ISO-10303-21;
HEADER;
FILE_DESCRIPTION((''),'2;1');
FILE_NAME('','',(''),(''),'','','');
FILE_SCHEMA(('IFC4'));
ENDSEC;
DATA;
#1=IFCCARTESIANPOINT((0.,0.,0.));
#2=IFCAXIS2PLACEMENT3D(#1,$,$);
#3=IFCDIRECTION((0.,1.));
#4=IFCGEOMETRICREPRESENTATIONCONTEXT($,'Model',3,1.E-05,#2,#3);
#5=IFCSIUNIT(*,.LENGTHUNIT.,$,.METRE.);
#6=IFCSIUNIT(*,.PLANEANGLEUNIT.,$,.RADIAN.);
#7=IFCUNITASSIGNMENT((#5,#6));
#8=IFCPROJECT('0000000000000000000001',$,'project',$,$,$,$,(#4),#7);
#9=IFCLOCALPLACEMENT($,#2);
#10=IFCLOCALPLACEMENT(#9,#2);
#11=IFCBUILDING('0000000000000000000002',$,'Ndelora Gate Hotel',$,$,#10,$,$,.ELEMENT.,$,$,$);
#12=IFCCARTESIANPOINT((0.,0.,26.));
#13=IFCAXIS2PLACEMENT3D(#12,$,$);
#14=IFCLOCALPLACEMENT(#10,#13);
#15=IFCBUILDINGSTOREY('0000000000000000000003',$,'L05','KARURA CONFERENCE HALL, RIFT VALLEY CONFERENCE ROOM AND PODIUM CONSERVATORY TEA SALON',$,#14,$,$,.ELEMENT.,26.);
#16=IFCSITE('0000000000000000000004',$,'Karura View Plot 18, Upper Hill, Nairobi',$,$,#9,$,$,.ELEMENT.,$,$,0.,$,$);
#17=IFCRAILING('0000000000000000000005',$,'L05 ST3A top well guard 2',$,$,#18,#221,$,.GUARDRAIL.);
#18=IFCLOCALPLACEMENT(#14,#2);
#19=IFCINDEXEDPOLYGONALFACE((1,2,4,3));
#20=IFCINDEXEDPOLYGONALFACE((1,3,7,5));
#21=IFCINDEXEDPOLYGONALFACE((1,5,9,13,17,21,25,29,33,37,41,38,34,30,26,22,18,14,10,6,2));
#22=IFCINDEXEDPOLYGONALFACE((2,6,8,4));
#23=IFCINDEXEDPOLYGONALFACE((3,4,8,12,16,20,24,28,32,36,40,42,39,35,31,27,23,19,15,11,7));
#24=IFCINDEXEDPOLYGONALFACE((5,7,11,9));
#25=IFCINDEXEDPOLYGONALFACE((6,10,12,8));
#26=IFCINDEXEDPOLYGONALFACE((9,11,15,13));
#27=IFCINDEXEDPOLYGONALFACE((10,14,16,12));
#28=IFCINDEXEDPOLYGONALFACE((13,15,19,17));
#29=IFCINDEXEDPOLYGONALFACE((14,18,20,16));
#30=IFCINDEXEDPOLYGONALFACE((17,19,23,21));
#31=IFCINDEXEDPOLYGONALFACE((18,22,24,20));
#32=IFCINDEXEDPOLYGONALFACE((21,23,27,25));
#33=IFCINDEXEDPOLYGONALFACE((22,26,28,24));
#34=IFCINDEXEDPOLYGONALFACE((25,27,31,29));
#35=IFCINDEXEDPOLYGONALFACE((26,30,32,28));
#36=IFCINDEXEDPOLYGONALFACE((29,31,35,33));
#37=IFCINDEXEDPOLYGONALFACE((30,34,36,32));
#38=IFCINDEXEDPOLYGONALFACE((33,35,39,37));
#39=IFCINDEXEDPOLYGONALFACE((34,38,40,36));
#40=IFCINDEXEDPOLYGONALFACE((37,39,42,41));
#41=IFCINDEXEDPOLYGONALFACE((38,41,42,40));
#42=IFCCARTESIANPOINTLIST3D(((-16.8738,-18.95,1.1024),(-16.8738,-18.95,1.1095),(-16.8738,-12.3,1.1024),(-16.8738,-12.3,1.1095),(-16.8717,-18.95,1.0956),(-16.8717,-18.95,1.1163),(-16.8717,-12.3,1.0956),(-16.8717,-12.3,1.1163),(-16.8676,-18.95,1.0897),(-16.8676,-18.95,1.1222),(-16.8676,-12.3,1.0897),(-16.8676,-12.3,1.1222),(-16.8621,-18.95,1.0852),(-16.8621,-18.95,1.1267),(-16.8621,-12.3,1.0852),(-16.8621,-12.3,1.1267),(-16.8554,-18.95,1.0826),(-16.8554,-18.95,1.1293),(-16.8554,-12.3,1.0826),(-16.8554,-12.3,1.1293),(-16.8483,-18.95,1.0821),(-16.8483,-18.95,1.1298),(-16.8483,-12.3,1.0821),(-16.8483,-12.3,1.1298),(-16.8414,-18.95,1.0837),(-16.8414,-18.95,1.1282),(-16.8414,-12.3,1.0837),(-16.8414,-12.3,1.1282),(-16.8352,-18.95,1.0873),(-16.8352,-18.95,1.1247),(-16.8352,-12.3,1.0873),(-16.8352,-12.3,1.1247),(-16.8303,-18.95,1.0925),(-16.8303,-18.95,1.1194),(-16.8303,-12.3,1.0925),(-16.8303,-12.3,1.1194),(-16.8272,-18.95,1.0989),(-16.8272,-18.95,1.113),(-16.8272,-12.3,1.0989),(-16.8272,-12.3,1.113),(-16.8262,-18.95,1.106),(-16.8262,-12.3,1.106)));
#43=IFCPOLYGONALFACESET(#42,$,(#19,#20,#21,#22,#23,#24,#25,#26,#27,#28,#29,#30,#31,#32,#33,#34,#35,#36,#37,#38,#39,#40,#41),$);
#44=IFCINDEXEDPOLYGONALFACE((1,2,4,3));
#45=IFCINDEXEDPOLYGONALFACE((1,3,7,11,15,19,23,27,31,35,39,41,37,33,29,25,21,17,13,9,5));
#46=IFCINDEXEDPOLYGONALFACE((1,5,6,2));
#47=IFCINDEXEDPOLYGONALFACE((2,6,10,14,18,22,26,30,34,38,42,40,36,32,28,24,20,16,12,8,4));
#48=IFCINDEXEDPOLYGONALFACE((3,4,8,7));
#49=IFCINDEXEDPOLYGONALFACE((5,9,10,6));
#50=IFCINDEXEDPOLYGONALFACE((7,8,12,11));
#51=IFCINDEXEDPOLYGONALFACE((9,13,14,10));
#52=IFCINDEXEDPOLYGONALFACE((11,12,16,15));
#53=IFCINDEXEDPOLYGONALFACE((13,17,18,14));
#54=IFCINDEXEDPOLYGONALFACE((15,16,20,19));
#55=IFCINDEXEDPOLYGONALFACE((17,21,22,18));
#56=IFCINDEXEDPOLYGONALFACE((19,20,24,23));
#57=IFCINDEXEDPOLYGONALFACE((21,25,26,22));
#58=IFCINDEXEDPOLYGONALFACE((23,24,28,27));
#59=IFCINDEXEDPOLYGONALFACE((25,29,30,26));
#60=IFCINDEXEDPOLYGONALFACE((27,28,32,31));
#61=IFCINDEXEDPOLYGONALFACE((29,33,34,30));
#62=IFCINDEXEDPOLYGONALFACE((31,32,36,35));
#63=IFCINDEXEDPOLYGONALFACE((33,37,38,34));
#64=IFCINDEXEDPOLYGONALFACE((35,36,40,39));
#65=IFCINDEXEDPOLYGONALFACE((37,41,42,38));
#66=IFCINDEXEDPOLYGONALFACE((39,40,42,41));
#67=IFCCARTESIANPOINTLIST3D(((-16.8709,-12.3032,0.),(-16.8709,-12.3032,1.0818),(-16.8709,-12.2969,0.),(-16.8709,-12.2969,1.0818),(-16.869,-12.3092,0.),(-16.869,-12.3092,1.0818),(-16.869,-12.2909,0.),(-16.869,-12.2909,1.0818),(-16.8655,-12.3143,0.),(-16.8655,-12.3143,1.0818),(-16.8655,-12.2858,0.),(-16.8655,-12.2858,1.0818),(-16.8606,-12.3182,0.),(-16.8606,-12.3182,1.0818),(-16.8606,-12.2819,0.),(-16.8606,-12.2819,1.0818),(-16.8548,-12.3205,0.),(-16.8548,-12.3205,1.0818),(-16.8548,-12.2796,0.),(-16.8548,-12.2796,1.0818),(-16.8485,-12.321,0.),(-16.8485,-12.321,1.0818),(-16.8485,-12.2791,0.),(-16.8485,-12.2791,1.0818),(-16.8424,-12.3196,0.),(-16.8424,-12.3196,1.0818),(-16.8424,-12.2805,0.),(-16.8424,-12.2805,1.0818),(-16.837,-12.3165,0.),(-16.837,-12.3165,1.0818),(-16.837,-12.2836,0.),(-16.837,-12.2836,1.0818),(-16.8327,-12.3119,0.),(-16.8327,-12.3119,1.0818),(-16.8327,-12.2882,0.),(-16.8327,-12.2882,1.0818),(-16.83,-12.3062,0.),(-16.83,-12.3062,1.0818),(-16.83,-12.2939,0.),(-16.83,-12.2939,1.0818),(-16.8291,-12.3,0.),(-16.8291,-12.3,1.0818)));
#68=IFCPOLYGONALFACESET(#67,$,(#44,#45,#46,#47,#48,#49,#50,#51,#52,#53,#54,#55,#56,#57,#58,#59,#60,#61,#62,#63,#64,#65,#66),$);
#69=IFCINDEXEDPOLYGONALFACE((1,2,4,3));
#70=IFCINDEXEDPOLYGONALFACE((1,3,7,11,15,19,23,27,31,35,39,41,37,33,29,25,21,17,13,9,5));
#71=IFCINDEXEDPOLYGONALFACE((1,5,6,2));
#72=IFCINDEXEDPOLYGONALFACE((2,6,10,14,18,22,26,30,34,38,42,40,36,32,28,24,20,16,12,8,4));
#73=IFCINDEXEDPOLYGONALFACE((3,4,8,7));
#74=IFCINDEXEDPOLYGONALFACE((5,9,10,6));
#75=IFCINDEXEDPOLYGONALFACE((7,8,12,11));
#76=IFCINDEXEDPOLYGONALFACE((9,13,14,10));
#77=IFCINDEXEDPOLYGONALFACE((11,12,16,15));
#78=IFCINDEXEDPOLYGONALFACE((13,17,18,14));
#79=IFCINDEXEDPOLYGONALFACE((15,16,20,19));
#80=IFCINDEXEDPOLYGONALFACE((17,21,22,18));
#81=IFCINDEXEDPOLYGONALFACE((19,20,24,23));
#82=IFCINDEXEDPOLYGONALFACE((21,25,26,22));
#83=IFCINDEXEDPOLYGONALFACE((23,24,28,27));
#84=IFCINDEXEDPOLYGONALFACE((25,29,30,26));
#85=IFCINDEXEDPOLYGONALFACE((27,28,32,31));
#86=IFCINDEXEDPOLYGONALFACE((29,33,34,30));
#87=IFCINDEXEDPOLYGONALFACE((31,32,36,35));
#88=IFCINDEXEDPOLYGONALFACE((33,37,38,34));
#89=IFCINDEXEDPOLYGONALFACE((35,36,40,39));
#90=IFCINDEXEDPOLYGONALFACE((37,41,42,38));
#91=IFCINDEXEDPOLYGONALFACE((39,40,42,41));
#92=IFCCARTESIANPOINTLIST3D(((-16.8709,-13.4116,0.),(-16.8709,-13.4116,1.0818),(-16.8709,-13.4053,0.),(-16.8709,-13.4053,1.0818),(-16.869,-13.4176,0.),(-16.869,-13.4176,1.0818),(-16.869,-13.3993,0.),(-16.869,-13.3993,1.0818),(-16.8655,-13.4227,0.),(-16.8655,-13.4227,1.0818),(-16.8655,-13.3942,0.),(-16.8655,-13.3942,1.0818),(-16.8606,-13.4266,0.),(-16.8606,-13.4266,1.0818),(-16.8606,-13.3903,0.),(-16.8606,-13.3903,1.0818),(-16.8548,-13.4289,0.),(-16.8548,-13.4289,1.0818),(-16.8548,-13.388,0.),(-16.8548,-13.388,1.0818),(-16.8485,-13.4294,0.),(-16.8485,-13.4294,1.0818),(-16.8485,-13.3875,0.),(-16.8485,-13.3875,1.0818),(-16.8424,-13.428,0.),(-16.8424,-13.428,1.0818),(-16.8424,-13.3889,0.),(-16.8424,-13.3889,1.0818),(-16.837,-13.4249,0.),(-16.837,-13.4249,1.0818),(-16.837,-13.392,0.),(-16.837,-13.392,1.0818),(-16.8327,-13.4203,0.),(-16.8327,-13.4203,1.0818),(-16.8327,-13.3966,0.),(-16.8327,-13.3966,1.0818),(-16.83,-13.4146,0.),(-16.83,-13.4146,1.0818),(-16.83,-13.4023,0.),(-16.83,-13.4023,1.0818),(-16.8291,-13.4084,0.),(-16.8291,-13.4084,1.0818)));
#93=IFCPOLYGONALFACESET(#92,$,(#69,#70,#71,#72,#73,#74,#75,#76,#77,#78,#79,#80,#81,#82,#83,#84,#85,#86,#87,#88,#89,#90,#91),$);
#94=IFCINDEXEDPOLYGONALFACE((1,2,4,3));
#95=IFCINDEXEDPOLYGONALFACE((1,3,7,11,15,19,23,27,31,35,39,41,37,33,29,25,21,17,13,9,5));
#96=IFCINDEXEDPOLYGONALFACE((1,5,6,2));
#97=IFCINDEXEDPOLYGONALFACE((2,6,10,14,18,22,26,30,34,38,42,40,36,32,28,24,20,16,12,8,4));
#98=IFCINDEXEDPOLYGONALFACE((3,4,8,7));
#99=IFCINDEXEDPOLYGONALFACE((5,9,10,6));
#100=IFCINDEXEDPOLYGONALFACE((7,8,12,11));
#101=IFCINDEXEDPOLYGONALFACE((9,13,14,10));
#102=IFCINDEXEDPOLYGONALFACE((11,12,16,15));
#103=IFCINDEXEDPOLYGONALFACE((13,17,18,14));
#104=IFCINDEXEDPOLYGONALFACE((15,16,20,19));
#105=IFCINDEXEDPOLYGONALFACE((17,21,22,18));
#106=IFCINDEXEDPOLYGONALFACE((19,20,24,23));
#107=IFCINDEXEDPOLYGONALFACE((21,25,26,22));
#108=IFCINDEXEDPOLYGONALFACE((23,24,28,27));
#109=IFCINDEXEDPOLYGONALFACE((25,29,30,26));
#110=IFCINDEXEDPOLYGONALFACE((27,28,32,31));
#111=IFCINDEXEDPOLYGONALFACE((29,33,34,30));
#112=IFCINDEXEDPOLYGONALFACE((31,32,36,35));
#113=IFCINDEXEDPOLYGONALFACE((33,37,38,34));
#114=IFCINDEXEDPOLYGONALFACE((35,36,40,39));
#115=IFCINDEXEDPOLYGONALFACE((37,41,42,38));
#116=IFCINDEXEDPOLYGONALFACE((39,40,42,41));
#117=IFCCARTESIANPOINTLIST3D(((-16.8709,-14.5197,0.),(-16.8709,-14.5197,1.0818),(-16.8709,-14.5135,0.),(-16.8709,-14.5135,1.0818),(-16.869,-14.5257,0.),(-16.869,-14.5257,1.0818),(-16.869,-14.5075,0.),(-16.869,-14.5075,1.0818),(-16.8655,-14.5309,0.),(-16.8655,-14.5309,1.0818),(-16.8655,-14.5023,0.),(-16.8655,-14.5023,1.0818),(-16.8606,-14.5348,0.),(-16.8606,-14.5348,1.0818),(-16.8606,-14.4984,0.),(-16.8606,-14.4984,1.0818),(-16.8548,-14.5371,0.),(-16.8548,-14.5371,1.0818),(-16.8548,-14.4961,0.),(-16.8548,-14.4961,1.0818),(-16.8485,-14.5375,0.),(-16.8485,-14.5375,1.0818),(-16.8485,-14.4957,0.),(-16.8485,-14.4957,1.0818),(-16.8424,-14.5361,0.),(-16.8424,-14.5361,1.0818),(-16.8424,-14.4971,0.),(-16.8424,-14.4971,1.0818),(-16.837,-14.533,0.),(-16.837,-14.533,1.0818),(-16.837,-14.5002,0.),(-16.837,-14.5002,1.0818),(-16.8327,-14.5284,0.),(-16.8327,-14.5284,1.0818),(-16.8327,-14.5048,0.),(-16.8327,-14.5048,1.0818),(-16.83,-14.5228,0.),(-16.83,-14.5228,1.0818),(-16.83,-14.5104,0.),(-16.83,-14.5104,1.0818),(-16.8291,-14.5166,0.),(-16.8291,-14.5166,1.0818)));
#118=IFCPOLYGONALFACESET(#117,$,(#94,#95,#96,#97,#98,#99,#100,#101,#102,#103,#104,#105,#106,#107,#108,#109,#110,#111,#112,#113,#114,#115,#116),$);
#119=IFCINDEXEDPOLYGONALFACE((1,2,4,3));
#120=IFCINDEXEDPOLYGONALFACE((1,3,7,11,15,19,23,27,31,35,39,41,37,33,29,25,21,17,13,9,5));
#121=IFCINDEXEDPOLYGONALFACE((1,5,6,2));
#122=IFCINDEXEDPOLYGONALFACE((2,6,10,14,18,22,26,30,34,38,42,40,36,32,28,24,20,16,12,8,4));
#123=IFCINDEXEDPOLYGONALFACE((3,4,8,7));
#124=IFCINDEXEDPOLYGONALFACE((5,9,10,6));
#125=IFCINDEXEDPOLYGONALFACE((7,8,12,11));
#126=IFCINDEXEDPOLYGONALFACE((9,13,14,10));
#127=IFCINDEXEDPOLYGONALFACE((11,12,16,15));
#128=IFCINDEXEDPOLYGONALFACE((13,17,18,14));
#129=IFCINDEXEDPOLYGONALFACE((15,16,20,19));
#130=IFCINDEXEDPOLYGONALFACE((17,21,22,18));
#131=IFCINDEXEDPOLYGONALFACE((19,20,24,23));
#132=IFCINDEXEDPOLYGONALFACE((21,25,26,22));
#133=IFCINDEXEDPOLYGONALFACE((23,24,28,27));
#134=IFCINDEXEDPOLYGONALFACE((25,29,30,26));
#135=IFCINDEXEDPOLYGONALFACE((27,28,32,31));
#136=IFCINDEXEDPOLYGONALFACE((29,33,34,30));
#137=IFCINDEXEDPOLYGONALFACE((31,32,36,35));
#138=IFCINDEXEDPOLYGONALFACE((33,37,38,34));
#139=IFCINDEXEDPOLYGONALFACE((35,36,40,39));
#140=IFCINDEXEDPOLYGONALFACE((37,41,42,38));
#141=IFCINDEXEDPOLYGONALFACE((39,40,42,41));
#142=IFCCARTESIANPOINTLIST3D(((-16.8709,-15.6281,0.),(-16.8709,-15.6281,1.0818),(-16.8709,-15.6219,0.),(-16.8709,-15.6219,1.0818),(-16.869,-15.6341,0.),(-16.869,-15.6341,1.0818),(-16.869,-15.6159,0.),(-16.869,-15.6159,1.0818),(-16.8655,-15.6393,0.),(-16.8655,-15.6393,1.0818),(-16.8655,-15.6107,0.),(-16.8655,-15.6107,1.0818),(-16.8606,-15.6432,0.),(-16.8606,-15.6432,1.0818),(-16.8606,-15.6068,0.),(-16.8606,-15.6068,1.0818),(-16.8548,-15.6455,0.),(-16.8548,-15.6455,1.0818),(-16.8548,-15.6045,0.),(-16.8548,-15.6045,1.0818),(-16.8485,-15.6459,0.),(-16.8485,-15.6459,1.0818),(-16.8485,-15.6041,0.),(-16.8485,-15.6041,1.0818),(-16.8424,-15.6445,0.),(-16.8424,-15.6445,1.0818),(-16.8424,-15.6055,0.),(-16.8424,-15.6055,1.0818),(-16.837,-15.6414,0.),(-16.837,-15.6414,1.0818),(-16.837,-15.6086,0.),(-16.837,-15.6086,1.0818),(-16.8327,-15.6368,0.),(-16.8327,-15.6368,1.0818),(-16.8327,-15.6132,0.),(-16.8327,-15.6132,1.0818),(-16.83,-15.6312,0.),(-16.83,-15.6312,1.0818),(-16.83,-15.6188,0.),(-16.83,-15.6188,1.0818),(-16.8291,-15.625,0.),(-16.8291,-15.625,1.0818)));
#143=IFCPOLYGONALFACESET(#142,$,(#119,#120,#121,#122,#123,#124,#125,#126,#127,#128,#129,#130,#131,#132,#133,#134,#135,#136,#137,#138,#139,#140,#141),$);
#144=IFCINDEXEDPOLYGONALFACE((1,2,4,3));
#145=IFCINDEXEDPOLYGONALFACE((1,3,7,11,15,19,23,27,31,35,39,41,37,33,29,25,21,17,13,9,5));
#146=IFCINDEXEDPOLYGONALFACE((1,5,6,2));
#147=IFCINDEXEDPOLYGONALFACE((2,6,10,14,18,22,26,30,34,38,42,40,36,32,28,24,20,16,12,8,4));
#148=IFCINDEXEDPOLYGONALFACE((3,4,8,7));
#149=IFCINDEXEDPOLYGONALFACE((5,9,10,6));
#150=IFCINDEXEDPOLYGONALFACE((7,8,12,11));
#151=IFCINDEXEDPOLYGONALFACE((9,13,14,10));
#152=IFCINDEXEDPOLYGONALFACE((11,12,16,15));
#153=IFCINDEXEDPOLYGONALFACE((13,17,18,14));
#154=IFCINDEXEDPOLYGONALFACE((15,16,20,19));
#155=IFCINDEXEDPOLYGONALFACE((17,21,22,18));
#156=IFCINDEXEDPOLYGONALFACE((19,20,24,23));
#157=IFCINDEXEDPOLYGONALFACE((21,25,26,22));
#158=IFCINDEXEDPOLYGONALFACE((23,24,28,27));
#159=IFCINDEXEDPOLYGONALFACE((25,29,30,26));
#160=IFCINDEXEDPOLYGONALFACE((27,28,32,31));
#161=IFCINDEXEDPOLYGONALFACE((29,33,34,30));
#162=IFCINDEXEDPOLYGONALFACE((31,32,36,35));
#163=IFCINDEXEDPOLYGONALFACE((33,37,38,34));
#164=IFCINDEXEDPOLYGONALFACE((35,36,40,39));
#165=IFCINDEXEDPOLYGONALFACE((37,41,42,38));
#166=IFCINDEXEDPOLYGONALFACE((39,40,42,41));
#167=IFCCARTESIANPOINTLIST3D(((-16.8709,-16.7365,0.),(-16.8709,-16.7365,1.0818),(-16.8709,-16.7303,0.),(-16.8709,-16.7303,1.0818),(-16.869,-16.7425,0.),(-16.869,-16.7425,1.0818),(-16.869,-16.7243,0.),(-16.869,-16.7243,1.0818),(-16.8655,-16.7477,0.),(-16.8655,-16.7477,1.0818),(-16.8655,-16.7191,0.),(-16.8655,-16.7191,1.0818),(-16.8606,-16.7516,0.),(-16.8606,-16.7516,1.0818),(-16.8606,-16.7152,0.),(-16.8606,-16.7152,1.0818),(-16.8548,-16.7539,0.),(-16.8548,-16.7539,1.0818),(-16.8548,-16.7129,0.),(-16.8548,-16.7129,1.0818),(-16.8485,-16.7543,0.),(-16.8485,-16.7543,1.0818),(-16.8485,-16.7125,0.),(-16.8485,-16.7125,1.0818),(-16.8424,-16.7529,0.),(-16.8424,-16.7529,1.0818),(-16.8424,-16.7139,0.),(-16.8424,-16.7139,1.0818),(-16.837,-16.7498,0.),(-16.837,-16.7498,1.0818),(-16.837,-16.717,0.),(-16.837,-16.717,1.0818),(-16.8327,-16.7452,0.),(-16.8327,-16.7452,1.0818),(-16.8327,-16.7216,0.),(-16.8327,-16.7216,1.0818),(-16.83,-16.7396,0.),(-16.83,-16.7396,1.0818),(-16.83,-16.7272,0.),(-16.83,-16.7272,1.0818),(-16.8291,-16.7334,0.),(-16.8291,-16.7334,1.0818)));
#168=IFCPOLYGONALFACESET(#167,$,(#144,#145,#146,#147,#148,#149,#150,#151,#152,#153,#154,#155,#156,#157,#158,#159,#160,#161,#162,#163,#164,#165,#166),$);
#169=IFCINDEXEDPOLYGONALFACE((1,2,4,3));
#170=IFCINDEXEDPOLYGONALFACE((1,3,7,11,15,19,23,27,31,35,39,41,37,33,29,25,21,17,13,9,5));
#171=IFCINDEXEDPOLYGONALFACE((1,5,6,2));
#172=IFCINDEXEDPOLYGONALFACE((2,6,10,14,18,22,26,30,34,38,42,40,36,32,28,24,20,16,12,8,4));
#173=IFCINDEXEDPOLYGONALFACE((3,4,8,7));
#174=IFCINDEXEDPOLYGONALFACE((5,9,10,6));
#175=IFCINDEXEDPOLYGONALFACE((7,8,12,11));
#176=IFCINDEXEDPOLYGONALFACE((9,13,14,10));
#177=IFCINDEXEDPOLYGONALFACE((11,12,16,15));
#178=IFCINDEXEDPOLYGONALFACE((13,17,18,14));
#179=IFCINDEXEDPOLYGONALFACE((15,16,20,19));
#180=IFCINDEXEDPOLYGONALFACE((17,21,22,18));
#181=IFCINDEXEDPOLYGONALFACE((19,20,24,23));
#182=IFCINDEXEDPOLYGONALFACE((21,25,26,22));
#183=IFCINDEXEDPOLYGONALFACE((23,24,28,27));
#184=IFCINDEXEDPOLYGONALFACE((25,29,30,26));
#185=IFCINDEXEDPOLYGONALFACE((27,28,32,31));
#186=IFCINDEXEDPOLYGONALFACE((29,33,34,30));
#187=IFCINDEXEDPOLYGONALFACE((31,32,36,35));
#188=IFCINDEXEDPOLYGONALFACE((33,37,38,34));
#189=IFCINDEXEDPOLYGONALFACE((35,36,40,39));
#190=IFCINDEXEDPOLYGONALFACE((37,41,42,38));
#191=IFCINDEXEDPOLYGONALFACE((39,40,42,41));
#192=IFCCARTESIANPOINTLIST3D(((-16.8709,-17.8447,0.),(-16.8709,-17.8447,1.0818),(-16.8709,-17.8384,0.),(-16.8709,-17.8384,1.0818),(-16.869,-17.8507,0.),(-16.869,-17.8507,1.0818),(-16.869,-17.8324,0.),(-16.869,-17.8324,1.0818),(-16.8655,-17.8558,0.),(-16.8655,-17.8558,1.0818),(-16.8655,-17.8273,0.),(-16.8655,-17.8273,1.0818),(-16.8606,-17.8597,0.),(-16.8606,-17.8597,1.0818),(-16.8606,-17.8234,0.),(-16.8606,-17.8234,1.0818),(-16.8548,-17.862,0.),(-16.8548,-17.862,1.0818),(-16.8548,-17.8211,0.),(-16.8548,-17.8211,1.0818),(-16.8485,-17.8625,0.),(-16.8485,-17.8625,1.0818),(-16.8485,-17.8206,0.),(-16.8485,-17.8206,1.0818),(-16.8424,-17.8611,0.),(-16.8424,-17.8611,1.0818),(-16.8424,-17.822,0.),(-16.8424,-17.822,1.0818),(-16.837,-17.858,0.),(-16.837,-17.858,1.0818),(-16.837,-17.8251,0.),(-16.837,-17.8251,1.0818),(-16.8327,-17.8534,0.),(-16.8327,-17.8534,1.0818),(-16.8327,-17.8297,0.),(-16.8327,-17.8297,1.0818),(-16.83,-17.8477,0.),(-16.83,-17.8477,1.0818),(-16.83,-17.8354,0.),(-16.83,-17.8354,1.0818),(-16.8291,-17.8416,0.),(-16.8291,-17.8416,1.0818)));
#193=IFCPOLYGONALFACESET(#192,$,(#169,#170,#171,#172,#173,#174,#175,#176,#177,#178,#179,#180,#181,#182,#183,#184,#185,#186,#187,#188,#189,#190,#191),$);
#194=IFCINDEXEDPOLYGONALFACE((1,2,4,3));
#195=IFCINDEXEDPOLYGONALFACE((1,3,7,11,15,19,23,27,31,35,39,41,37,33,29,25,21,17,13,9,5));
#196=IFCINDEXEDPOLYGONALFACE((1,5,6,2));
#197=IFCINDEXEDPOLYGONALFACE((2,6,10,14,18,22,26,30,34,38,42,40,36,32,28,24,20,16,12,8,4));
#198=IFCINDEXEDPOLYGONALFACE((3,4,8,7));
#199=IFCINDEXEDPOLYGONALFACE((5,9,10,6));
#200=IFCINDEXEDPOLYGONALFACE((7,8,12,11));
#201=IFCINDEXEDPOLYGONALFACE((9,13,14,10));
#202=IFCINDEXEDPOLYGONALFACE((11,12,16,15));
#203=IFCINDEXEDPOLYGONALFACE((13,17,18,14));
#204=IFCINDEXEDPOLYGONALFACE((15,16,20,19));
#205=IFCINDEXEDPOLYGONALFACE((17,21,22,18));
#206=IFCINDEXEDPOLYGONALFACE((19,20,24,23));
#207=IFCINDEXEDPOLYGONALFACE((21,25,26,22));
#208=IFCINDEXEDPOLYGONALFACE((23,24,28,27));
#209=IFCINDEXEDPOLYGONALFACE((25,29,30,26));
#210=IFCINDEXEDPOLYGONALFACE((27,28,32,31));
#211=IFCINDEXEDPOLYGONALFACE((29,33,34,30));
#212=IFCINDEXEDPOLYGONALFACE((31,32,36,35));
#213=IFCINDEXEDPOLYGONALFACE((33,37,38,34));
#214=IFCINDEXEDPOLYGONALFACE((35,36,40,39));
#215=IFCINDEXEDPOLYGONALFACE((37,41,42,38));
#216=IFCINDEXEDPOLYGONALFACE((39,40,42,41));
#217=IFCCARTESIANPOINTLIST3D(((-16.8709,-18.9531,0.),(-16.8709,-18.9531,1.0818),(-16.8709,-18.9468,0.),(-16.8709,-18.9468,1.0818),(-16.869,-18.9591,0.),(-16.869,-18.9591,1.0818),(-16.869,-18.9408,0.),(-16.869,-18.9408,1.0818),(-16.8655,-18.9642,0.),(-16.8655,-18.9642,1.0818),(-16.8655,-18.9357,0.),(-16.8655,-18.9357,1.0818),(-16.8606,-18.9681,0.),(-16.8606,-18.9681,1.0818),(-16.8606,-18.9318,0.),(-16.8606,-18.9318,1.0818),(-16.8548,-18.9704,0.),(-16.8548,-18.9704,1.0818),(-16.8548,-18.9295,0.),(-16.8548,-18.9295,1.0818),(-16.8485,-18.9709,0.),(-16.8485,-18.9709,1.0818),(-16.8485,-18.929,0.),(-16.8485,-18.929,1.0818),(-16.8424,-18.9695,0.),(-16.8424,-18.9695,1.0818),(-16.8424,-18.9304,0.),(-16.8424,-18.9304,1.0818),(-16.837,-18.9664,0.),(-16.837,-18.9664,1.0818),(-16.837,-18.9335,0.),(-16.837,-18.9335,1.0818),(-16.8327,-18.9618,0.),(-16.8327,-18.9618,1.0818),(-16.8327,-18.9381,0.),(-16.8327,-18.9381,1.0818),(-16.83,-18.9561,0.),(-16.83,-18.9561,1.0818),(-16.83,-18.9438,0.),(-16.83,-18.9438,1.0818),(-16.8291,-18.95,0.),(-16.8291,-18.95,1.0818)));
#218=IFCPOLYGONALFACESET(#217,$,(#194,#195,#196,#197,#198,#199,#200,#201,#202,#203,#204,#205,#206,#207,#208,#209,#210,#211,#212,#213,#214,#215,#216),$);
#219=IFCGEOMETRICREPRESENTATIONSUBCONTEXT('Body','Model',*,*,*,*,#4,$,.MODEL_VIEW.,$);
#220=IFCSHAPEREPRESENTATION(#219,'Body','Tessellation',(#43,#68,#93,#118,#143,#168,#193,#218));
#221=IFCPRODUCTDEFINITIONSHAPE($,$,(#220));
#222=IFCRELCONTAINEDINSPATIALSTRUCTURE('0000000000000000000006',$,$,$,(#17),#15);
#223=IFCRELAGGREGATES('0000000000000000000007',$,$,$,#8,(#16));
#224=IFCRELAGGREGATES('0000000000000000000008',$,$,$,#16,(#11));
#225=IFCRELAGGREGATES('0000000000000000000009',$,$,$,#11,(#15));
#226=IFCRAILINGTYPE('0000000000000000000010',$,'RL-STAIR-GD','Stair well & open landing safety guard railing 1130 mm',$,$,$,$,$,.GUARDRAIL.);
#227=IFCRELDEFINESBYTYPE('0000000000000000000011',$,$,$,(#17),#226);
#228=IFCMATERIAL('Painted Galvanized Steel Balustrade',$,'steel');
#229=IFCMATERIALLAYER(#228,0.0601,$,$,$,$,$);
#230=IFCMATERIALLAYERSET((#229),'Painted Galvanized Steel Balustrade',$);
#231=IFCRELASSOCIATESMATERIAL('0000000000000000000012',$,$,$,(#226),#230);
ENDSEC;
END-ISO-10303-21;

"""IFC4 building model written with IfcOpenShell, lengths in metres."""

from ifc_helpers import new_model, si_unit, direction, frame, origin, origin_2d, place, context, subcontext, project, spatial, circle, extrude, material, layer, layer_set, type_object, element, save


model = new_model("IFC4")

# Units and contexts
model_context = context("Model", 3, precision=1e-05, world=origin(), true_north=direction((0.0, 1.0)))
body_context = subcontext(model_context, "Body", "Model", "MODEL_VIEW")
ifc_project = project(units=[si_unit("LENGTHUNIT", "METRE"), si_unit("PLANEANGLEUNIT", "RADIAN")], contexts=[model_context])

# Site, building, storey
site_placement = place(None, origin())
site = spatial("IfcSite", under=ifc_project, at=site_placement, Name="Karura View Plot 18, Upper Hill, Nairobi", CompositionType="ELEMENT", RefElevation=0.0)
building_placement = place(site_placement, origin())
building = spatial("IfcBuilding", under=site, at=building_placement, Name="Ndelora Gate Hotel", CompositionType="ELEMENT")
storey_placement = place(building_placement, frame((0.0, 0.0, 26.0)))
storey = spatial("IfcBuildingStorey", under=building, at=storey_placement, Name="L05", Description="KARURA CONFERENCE HALL, RIFT VALLEY CONFERENCE ROOM AND PODIUM CONSERVATORY TEA SALON", CompositionType="ELEMENT", Elevation=26.0)

# Railing
ifc_material_1 = material(Name="Painted Galvanized Steel Balustrade", Category="steel")
ifc_layer_1 = layer(ifc_material_1, 0.0601)
ifc_layer_set_1 = layer_set([ifc_layer_1], Name="Painted Galvanized Steel Balustrade")
railing_type = type_object("IfcRailingType", Name="RL-STAIR-GD", Description="Stair well & open landing safety guard railing 1130 mm", PredefinedType="GUARDRAIL", material=ifc_layer_set_1)
railing_1_placement = place(storey_placement, frame((-16.8501, -12.3, 0.0)))
element("IfcRailing", 1, at=railing_1_placement, inside=storey, type_object=railing_type, Name="L05 ST3A top well guard 2", PredefinedType="GUARDRAIL", context=body_context, shape_type="SweptSolid", body=[
    extrude(circle(Radius=0.0239, at=origin_2d()), frame((0.0, 0.0, 1.106), z_axis=(0.0, -1.0, 0.0), x_axis=(1.0, 0.0, 0.0)), (0.0, 0.0, 1.0), 6.6499),
    extrude(circle(Radius=0.021, at=origin_2d()), origin(), (0.0, 0.0, 1.0), 1.0818),
    extrude(circle(Radius=0.021, at=origin_2d()), frame((0.0, -1.1084, 0.0)), (0.0, 0.0, 1.0), 1.0818),
    extrude(circle(Radius=0.021, at=origin_2d()), frame((0.0, -2.2166, 0.0)), (0.0, 0.0, 1.0), 1.0818),
    extrude(circle(Radius=0.021, at=origin_2d()), frame((0.0, -3.325, 0.0)), (0.0, 0.0, 1.0), 1.0818),
    extrude(circle(Radius=0.021, at=origin_2d()), frame((0.0, -4.4333, 0.0)), (0.0, 0.0, 1.0), 1.0818),
    extrude(circle(Radius=0.021, at=origin_2d()), frame((0.0, -5.5415, 0.0)), (0.0, 0.0, 1.0), 1.0818),
    extrude(circle(Radius=0.021, at=origin_2d()), frame((0.0, -6.6499, 0.0)), (0.0, 0.0, 1.0), 1.0818),
])

save(model, "model.ifc")
